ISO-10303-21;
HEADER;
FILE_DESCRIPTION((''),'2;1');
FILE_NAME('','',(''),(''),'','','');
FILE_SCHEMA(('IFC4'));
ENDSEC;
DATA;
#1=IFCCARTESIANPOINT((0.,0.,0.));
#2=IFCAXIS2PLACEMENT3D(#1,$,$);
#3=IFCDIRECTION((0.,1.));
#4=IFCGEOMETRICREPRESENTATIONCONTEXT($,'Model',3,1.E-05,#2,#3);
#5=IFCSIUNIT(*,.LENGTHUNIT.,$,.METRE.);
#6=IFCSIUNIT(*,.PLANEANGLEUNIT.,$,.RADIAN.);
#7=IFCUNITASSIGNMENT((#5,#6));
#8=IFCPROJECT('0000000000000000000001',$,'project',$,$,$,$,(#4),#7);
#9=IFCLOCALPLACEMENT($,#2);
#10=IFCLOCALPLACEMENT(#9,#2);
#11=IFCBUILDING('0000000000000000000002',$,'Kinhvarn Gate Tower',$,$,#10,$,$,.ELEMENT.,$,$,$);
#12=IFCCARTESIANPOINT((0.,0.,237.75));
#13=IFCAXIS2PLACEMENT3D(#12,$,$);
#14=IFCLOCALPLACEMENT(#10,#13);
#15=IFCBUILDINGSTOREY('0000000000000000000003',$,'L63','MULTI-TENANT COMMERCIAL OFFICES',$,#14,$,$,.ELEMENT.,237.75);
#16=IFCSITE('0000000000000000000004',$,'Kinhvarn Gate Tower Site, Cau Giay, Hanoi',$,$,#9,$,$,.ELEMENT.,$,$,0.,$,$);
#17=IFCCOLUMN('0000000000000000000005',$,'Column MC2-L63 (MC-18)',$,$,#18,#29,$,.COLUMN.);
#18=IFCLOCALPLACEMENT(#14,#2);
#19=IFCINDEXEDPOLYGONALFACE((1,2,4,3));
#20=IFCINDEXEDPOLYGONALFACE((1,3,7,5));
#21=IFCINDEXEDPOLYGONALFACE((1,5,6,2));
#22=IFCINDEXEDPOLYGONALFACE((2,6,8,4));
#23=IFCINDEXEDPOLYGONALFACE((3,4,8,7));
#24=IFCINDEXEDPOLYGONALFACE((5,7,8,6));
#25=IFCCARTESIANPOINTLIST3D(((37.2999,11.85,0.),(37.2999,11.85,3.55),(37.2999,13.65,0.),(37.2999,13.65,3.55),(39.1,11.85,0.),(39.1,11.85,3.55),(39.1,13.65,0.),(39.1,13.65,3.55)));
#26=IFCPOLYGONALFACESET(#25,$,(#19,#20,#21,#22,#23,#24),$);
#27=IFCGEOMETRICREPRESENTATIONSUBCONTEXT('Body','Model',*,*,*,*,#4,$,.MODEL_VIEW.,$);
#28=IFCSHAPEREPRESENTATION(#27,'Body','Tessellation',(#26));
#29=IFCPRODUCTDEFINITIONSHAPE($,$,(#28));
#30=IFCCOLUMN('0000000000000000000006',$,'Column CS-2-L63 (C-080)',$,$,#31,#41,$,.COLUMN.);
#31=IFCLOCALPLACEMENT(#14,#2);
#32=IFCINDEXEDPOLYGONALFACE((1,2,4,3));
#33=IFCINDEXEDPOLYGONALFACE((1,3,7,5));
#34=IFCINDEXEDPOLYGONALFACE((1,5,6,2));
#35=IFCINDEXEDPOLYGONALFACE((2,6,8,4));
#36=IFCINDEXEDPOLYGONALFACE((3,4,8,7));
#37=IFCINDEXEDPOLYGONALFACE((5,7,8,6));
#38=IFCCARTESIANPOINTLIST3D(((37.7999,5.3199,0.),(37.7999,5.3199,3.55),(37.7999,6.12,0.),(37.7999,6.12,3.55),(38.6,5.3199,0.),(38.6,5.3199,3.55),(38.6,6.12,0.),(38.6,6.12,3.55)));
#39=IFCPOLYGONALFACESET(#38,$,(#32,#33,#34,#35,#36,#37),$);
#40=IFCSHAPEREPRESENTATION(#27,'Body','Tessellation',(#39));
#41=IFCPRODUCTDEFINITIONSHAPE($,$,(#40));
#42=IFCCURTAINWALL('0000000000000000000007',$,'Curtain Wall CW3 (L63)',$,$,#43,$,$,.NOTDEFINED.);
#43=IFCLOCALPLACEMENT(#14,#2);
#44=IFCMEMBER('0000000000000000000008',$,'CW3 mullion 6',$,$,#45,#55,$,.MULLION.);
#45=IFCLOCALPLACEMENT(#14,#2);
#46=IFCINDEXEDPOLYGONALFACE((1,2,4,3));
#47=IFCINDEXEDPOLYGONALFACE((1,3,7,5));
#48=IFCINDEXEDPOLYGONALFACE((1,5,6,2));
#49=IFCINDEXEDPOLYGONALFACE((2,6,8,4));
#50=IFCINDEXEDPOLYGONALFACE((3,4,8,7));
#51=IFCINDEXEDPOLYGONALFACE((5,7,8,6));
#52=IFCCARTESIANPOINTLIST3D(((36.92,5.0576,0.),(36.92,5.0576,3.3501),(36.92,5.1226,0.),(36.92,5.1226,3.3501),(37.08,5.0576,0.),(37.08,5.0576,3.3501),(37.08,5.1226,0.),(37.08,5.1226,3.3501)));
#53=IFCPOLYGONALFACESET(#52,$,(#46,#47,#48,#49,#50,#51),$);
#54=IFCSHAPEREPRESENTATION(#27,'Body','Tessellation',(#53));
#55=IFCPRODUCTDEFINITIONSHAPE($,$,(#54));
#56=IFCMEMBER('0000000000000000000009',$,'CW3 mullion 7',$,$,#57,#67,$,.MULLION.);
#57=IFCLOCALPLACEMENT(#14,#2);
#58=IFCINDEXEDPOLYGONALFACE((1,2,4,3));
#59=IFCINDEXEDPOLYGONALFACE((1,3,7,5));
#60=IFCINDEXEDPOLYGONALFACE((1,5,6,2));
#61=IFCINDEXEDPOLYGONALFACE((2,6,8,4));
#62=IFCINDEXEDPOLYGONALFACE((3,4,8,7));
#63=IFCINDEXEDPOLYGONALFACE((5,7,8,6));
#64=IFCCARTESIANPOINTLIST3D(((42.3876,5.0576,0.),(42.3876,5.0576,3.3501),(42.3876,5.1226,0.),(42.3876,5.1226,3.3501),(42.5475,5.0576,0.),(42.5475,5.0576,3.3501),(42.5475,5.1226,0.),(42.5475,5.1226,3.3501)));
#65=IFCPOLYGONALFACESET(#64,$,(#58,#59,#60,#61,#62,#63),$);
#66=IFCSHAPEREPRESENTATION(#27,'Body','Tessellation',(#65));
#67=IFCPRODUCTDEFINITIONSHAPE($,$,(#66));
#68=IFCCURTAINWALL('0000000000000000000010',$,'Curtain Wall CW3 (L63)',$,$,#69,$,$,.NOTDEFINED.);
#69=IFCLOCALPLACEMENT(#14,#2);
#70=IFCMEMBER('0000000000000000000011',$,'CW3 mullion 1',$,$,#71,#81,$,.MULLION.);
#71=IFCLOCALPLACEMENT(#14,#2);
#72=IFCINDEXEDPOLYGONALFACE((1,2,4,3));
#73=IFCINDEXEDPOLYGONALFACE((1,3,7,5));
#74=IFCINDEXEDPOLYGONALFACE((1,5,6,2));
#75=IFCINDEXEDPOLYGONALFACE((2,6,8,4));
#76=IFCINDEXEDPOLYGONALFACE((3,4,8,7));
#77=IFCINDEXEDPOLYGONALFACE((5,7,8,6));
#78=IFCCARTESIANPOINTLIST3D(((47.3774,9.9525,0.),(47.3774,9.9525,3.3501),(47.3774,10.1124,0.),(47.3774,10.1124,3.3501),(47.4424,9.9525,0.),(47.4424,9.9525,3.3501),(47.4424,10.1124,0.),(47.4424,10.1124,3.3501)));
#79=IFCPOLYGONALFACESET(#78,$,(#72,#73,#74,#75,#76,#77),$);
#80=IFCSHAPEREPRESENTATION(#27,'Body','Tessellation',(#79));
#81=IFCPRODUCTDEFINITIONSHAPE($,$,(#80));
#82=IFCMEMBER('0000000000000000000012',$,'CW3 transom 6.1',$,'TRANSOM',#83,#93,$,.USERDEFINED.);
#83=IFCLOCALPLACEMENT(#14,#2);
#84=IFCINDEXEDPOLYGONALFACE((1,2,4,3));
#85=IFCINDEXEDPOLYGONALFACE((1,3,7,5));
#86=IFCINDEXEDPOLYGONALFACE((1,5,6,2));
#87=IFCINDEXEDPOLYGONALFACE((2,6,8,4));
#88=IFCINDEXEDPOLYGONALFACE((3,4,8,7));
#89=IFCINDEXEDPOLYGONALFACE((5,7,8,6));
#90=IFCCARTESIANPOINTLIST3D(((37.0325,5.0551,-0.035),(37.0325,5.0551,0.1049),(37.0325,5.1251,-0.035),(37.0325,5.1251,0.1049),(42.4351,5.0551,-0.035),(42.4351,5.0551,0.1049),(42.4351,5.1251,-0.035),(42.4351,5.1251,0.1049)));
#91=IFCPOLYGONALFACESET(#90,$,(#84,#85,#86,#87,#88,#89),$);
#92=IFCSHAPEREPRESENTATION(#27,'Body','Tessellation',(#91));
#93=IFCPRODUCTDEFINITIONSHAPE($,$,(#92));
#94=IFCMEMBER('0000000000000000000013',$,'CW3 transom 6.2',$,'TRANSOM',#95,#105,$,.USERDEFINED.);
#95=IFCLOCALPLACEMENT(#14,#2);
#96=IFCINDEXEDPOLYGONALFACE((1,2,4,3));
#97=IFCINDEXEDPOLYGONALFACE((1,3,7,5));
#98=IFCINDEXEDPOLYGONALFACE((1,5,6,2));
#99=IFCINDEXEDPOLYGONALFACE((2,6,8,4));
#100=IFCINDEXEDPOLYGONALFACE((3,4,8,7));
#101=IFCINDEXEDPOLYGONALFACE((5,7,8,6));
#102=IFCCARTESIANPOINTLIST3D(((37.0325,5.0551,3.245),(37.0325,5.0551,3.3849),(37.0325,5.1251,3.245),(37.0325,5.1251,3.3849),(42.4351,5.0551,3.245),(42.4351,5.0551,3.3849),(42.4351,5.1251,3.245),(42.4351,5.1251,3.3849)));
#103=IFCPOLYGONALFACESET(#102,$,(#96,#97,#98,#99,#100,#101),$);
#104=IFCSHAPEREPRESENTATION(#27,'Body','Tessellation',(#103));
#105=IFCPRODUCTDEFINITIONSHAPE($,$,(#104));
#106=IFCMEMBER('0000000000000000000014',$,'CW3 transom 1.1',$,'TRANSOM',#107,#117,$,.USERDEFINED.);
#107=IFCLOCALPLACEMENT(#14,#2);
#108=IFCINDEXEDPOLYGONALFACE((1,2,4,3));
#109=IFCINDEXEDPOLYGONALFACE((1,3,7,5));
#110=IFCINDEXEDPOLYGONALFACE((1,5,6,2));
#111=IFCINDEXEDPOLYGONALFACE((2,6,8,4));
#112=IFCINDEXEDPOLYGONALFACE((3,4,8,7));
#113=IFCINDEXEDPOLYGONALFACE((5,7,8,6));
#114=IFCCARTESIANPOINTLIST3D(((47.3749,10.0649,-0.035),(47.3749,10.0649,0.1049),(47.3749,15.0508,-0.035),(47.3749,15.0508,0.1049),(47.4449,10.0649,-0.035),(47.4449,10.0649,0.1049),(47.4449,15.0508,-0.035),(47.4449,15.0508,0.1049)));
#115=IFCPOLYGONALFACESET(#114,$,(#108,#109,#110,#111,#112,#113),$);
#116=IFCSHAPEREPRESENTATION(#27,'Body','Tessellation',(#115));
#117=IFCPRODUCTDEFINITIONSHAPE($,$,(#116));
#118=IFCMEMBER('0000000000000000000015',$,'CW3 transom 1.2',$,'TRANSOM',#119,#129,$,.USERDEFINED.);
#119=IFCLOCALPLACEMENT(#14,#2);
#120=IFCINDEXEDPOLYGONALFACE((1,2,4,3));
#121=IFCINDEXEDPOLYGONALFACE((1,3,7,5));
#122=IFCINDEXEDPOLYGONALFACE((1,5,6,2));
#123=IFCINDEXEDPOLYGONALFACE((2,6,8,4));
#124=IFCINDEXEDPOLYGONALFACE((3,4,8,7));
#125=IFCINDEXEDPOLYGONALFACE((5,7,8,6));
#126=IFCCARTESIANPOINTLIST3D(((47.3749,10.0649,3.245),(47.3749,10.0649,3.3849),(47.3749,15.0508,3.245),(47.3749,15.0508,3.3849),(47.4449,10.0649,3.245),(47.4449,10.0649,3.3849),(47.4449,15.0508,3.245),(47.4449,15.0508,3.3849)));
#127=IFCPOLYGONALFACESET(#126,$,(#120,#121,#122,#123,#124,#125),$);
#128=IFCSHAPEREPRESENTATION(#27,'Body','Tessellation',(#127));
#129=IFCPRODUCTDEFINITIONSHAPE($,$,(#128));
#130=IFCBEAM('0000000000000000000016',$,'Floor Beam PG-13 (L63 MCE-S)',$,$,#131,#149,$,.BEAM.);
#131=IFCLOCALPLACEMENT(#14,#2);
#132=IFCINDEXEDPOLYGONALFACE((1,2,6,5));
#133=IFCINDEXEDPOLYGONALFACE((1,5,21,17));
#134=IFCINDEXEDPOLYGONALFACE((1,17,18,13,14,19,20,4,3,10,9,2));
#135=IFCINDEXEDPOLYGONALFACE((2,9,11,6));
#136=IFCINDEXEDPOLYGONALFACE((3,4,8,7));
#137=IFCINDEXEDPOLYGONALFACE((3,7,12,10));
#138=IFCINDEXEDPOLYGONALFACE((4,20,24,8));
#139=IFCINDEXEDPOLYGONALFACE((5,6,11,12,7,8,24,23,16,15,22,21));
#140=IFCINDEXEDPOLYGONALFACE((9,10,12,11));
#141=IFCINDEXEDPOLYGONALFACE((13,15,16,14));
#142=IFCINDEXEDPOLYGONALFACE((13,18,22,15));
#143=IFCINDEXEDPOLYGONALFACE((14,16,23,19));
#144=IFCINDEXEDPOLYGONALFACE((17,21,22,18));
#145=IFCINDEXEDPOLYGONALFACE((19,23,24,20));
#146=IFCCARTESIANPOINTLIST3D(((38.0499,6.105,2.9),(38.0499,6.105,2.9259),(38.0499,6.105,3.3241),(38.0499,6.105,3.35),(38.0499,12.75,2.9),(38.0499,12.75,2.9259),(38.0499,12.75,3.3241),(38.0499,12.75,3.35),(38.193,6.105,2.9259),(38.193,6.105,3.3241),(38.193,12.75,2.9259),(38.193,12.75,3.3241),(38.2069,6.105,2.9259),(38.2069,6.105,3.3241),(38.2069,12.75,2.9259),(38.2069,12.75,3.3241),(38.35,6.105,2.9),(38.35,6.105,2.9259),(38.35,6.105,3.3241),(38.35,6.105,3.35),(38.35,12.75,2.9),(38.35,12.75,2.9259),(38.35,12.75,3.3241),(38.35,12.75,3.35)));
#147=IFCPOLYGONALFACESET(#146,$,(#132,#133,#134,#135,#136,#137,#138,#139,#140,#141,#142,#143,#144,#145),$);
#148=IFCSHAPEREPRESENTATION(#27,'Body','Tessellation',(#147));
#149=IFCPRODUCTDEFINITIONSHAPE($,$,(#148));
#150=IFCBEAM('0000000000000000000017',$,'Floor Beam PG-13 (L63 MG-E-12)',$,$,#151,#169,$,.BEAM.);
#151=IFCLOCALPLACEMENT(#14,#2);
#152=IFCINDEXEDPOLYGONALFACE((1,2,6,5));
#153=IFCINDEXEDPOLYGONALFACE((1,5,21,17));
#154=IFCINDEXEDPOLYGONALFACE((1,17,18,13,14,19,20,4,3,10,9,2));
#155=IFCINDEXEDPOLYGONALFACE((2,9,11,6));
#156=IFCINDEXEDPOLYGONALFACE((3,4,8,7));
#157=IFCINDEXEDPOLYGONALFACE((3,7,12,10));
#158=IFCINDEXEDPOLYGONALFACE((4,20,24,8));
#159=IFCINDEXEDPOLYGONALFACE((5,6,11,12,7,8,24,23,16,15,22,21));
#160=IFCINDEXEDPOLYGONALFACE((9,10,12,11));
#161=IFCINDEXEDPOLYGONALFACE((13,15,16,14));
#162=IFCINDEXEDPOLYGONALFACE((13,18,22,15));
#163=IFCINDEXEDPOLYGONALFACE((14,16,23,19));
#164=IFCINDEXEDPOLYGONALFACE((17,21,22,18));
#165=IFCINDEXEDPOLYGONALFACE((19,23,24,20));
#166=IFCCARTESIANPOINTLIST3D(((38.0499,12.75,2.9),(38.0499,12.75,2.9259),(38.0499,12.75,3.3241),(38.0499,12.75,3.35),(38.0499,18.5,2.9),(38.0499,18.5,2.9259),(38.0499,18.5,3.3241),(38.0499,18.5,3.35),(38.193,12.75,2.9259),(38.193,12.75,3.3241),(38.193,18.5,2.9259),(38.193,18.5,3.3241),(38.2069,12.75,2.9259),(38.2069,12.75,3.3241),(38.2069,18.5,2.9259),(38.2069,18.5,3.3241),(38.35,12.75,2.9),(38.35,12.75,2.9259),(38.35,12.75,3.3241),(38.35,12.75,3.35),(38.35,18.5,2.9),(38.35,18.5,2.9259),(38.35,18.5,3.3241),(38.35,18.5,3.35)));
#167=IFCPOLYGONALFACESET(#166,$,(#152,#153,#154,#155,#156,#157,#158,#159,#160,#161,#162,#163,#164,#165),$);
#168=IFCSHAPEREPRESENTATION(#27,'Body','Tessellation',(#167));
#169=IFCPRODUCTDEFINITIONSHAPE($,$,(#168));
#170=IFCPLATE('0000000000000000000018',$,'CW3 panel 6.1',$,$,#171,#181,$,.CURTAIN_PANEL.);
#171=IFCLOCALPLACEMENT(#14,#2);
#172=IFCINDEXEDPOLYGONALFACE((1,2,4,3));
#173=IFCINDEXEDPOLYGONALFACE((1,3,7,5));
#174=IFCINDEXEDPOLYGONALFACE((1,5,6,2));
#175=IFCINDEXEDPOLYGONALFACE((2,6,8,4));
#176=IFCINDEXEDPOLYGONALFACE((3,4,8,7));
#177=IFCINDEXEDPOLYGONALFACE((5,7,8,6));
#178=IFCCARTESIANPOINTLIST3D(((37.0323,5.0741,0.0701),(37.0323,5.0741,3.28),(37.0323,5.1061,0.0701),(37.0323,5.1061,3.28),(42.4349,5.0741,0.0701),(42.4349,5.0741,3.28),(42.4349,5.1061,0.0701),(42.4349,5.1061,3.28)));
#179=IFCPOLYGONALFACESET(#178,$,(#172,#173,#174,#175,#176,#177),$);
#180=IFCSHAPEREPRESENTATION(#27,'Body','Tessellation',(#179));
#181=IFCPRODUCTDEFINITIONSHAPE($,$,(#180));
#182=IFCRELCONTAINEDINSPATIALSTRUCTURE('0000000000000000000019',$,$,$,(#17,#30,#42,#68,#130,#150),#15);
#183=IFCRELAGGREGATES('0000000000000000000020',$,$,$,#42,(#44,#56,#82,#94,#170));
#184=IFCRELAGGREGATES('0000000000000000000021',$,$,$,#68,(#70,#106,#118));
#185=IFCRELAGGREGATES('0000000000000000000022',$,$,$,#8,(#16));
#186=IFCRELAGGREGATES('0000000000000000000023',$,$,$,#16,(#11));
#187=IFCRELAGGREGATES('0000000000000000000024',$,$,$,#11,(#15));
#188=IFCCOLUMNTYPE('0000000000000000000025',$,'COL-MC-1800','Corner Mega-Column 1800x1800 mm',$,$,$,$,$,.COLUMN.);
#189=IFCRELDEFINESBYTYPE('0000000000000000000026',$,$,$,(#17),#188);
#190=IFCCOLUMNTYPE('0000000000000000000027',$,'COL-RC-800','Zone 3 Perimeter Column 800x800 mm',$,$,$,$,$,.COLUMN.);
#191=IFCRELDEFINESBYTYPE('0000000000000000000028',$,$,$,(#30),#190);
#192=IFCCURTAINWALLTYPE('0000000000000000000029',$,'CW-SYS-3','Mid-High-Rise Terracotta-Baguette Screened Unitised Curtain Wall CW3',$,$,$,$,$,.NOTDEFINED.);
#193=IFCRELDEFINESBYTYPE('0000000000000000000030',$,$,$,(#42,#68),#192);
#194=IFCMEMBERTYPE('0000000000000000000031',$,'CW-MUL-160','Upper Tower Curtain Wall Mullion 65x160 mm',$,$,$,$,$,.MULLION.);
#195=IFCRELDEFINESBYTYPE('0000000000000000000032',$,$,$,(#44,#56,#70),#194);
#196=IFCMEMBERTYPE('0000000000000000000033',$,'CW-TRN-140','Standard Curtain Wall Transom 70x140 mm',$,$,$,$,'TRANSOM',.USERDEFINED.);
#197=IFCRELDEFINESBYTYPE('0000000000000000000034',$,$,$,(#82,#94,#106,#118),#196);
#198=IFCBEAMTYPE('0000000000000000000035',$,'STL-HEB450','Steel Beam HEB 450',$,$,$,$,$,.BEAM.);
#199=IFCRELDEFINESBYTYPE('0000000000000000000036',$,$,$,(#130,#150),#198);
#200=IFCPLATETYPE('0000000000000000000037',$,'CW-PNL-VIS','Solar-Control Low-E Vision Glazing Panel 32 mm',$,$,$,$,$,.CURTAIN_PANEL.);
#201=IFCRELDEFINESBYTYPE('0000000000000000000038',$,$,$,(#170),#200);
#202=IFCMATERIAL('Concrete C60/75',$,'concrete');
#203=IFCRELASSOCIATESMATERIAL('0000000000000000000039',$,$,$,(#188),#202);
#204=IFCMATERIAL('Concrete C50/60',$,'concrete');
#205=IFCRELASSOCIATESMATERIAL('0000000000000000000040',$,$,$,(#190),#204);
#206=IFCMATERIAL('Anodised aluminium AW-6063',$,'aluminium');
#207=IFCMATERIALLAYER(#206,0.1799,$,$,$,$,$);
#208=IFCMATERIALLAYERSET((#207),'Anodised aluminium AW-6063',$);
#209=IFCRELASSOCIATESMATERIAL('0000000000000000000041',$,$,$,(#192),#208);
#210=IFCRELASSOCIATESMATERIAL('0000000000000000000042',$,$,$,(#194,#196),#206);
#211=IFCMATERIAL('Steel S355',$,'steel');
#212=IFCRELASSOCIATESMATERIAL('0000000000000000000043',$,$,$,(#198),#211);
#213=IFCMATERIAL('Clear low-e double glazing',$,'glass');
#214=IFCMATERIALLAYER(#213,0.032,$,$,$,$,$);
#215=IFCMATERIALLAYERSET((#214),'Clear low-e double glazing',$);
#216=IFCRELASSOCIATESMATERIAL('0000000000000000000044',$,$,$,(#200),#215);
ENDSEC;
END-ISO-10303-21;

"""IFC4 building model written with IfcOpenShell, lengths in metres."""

from ifc_helpers import new_model, si_unit, direction, frame, origin, origin_2d, place, context, subcontext, project, spatial, rectangle, i_section, extrude, material, layer, layer_set, material_profile, profile_set, type_object, element, aggregate, save


model = new_model("IFC4")

# Units and contexts
model_context = context("Model", 3, precision=1e-05, world=origin(), true_north=direction((0.0, 1.0)))
body_context = subcontext(model_context, "Body", "Model", "MODEL_VIEW")
ifc_project = project(units=[si_unit("LENGTHUNIT", "METRE"), si_unit("PLANEANGLEUNIT", "RADIAN")], contexts=[model_context])

# Site, building, storey
site_placement = place(None, origin())
site = spatial("IfcSite", under=ifc_project, at=site_placement, Name="Kinhvarn Gate Tower Site, Cau Giay, Hanoi", CompositionType="ELEMENT", RefElevation=0.0)
building_placement = place(site_placement, origin())
building = spatial("IfcBuilding", under=site, at=building_placement, Name="Kinhvarn Gate Tower", CompositionType="ELEMENT")
storey_placement = place(building_placement, frame((0.0, 0.0, 237.75)))
storey = spatial("IfcBuildingStorey", under=building, at=storey_placement, Name="L63", Description="MULTI-TENANT COMMERCIAL OFFICES", CompositionType="ELEMENT", Elevation=237.75)

# Columns
ifc_material_1 = material(Name="Concrete C60/75", Category="concrete")
ifc_material_profile_1 = material_profile(ifc_material_1, rectangle(XDim=1.8, YDim=1.8, at=origin_2d()), Name="RC 1800x1800")
ifc_profile_set_1 = profile_set([ifc_material_profile_1], Name="Concrete C60/75")
column_type_1 = type_object("IfcColumnType", Name="COL-MC-1800", Description="Corner Mega-Column 1800x1800 mm", PredefinedType="COLUMN", material=ifc_profile_set_1)
column_1_placement = place(storey_placement, frame((38.2, 12.75, 0.0), z_axis=(0.0, 0.0, 1.0), x_axis=(1.0, 0.0, 0.0)))
element("IfcColumn", 1, at=column_1_placement, inside=storey, type_object=column_type_1, Name="Column MC2-L63 (MC-18)", PredefinedType="COLUMN", context=body_context, shape_type="SweptSolid", body=[
    extrude(rectangle(XDim=1.8, YDim=1.8, at=origin_2d()), origin(), (0.0, 0.0, 1.0), 3.55),
])
ifc_material_2 = material(Name="Concrete C50/60", Category="concrete")
ifc_material_profile_2 = material_profile(ifc_material_2, rectangle(XDim=0.8, YDim=0.8, at=origin_2d()), Name="RC 800x800")
ifc_profile_set_2 = profile_set([ifc_material_profile_2], Name="Concrete C50/60")
column_type_2 = type_object("IfcColumnType", Name="COL-RC-800", Description="Zone 3 Perimeter Column 800x800 mm", PredefinedType="COLUMN", material=ifc_profile_set_2)
column_2_placement = place(storey_placement, frame((38.2, 5.72, 0.0), z_axis=(0.0, 0.0, 1.0), x_axis=(1.0, 0.0, 0.0)))
element("IfcColumn", 2, at=column_2_placement, inside=storey, type_object=column_type_2, Name="Column CS-2-L63 (C-080)", PredefinedType="COLUMN", context=body_context, shape_type="SweptSolid", body=[
    extrude(rectangle(XDim=0.8, YDim=0.8, at=origin_2d()), origin(), (0.0, 0.0, 1.0), 3.55),
])

# Curtain wall, members
ifc_material_3 = material(Name="Anodised aluminium AW-6063", Category="aluminium")
ifc_layer_1 = layer(ifc_material_3, 0.1799)
ifc_layer_set_1 = layer_set([ifc_layer_1], Name="Anodised aluminium AW-6063")
curtain_wall_type = type_object("IfcCurtainWallType", Name="CW-SYS-3", Description="Mid-High-Rise Terracotta-Baguette Screened Unitised Curtain Wall CW3", PredefinedType="NOTDEFINED", material=ifc_layer_set_1)
curtain_wall_1_placement = place(storey_placement, origin())
curtain_wall_1 = element("IfcCurtainWall", 3, at=curtain_wall_1_placement, inside=storey, type_object=curtain_wall_type, Name="Curtain Wall CW3 (L63)", PredefinedType="NOTDEFINED")
ifc_material_profile_3 = material_profile(ifc_material_3, rectangle(XDim=0.0649, YDim=0.1599, at=origin_2d()), Name="ALU 65x160")
ifc_profile_set_3 = profile_set([ifc_material_profile_3], Name="Anodised aluminium AW-6063")
member_type_1 = type_object("IfcMemberType", Name="CW-MUL-160", Description="Upper Tower Curtain Wall Mullion 65x160 mm", PredefinedType="MULLION", material=ifc_profile_set_3)
member_1_placement = place(storey_placement, frame((37.0, 5.0901, 0.0), z_axis=(0.0, 0.0, 1.0), x_axis=(0.0, 1.0, 0.0)))
member_1 = element("IfcMember", 4, at=member_1_placement, type_object=member_type_1, Name="CW3 mullion 6", PredefinedType="MULLION", context=body_context, shape_type="SweptSolid", body=[
    extrude(rectangle(XDim=0.0649, YDim=0.1599, at=origin_2d()), origin(), (0.0, 0.0, 1.0), 3.3501),
])
member_2_placement = place(storey_placement, frame((42.4675, 5.0901, 0.0), z_axis=(0.0, 0.0, 1.0), x_axis=(0.0, 1.0, 0.0)))
member_2 = element("IfcMember", 5, at=member_2_placement, type_object=member_type_1, Name="CW3 mullion 7", PredefinedType="MULLION", context=body_context, shape_type="SweptSolid", body=[
    extrude(rectangle(XDim=0.0649, YDim=0.1599, at=origin_2d()), origin(), (0.0, 0.0, 1.0), 3.3501),
])

# Curtain wall, member
curtain_wall_2_placement = place(storey_placement, origin())
curtain_wall_2 = element("IfcCurtainWall", 6, at=curtain_wall_2_placement, inside=storey, type_object=curtain_wall_type, Name="Curtain Wall CW3 (L63)", PredefinedType="NOTDEFINED")
member_3_placement = place(storey_placement, frame((47.4099, 10.0325, 0.0), z_axis=(0.0, 0.0, 1.0), x_axis=(-1.0, 0.0, 0.0)))
member_3 = element("IfcMember", 7, at=member_3_placement, type_object=member_type_1, Name="CW3 mullion 1", PredefinedType="MULLION", context=body_context, shape_type="SweptSolid", body=[
    extrude(rectangle(XDim=0.0649, YDim=0.1599, at=origin_2d()), origin(), (0.0, 0.0, 1.0), 3.3501),
])

# Members
ifc_material_profile_4 = material_profile(ifc_material_3, rectangle(XDim=0.0701, YDim=0.1399, at=origin_2d()), Name="ALU 70x140")
ifc_profile_set_4 = profile_set([ifc_material_profile_4], Name="Anodised aluminium AW-6063")
member_type_2 = type_object("IfcMemberType", Name="CW-TRN-140", Description="Standard Curtain Wall Transom 70x140 mm", ElementType="TRANSOM", PredefinedType="USERDEFINED", material=ifc_profile_set_4)
member_4_placement = place(storey_placement, frame((37.0325, 5.0901, 0.0349), z_axis=(1.0, 0.0, 0.0), x_axis=(0.0, 1.0, 0.0)))
member_4 = element("IfcMember", 8, at=member_4_placement, type_object=member_type_2, Name="CW3 transom 6.1", ObjectType="TRANSOM", PredefinedType="USERDEFINED", context=body_context, shape_type="SweptSolid", body=[
    extrude(rectangle(XDim=0.0701, YDim=0.1399, at=origin_2d()), origin(), (0.0, 0.0, 1.0), 5.4026),
])
member_5_placement = place(storey_placement, frame((37.0325, 5.0901, 3.3149), z_axis=(1.0, 0.0, 0.0), x_axis=(0.0, 1.0, 0.0)))
member_5 = element("IfcMember", 9, at=member_5_placement, type_object=member_type_2, Name="CW3 transom 6.2", ObjectType="TRANSOM", PredefinedType="USERDEFINED", context=body_context, shape_type="SweptSolid", body=[
    extrude(rectangle(XDim=0.0701, YDim=0.1399, at=origin_2d()), origin(), (0.0, 0.0, 1.0), 5.4026),
])
member_6_placement = place(storey_placement, frame((47.4099, 10.0649, 0.0349), z_axis=(0.0, 1.0, 0.0), x_axis=(-1.0, 0.0, 0.0)))
member_6 = element("IfcMember", 10, at=member_6_placement, type_object=member_type_2, Name="CW3 transom 1.1", ObjectType="TRANSOM", PredefinedType="USERDEFINED", context=body_context, shape_type="SweptSolid", body=[
    extrude(rectangle(XDim=0.0701, YDim=0.1399, at=origin_2d()), origin(), (0.0, 0.0, 1.0), 4.9858),
])
member_7_placement = place(storey_placement, frame((47.4099, 10.0649, 3.3149), z_axis=(0.0, 1.0, 0.0), x_axis=(-1.0, 0.0, 0.0)))
member_7 = element("IfcMember", 11, at=member_7_placement, type_object=member_type_2, Name="CW3 transom 1.2", ObjectType="TRANSOM", PredefinedType="USERDEFINED", context=body_context, shape_type="SweptSolid", body=[
    extrude(rectangle(XDim=0.0701, YDim=0.1399, at=origin_2d()), origin(), (0.0, 0.0, 1.0), 4.9858),
])

# Beams
ifc_material_4 = material(Name="Steel S355", Category="steel")
ifc_material_profile_5 = material_profile(ifc_material_4, i_section(OverallWidth=0.3, OverallDepth=0.45, WebThickness=0.0139, FlangeThickness=0.0259, at=origin_2d()), Name="HEB 450")
ifc_profile_set_5 = profile_set([ifc_material_profile_5], Name="Steel S355")
beam_type = type_object("IfcBeamType", Name="STL-HEB450", Description="Steel Beam HEB 450", PredefinedType="BEAM", material=ifc_profile_set_5)
beam_1_placement = place(storey_placement, frame((38.2, 6.105, 3.125), z_axis=(0.0, 1.0, 0.0), x_axis=(-1.0, 0.0, 0.0)))
element("IfcBeam", 12, at=beam_1_placement, inside=storey, type_object=beam_type, Name="Floor Beam PG-13 (L63 MCE-S)", PredefinedType="BEAM", context=body_context, shape_type="SweptSolid", body=[
    extrude(i_section(OverallWidth=0.3, OverallDepth=0.45, WebThickness=0.0139, FlangeThickness=0.0259, at=origin_2d()), origin(), (0.0, 0.0, 1.0), 6.645),
])
beam_2_placement = place(storey_placement, frame((38.2, 12.75, 3.125), z_axis=(0.0, 1.0, 0.0), x_axis=(-1.0, 0.0, 0.0)))
element("IfcBeam", 13, at=beam_2_placement, inside=storey, type_object=beam_type, Name="Floor Beam PG-13 (L63 MG-E-12)", PredefinedType="BEAM", context=body_context, shape_type="SweptSolid", body=[
    extrude(i_section(OverallWidth=0.3, OverallDepth=0.45, WebThickness=0.0139, FlangeThickness=0.0259, at=origin_2d()), origin(), (0.0, 0.0, 1.0), 5.75),
])

# Plate
ifc_material_5 = material(Name="Clear low-e double glazing", Category="glass")
ifc_layer_2 = layer(ifc_material_5, 0.032)
ifc_layer_set_2 = layer_set([ifc_layer_2], Name="Clear low-e double glazing")
plate_type = type_object("IfcPlateType", Name="CW-PNL-VIS", Description="Solar-Control Low-E Vision Glazing Panel 32 mm", PredefinedType="CURTAIN_PANEL", material=ifc_layer_set_2)
plate_1_placement = place(storey_placement, frame((39.7336, 5.0901, 0.0701), z_axis=(0.0, 0.0, 1.0), x_axis=(1.0, 0.0, 0.0)))
plate_1 = element("IfcPlate", 14, at=plate_1_placement, type_object=plate_type, Name="CW3 panel 6.1", PredefinedType="CURTAIN_PANEL", context=body_context, shape_type="SweptSolid", body=[
    extrude(rectangle(XDim=5.4026, YDim=0.032, at=origin_2d()), origin(), (0.0, 0.0, 1.0), 3.21),
])
aggregate(curtain_wall_1, [member_1, member_2, member_4, member_5, plate_1])
aggregate(curtain_wall_2, [member_3, member_6, member_7])

save(model, "model.ifc")
